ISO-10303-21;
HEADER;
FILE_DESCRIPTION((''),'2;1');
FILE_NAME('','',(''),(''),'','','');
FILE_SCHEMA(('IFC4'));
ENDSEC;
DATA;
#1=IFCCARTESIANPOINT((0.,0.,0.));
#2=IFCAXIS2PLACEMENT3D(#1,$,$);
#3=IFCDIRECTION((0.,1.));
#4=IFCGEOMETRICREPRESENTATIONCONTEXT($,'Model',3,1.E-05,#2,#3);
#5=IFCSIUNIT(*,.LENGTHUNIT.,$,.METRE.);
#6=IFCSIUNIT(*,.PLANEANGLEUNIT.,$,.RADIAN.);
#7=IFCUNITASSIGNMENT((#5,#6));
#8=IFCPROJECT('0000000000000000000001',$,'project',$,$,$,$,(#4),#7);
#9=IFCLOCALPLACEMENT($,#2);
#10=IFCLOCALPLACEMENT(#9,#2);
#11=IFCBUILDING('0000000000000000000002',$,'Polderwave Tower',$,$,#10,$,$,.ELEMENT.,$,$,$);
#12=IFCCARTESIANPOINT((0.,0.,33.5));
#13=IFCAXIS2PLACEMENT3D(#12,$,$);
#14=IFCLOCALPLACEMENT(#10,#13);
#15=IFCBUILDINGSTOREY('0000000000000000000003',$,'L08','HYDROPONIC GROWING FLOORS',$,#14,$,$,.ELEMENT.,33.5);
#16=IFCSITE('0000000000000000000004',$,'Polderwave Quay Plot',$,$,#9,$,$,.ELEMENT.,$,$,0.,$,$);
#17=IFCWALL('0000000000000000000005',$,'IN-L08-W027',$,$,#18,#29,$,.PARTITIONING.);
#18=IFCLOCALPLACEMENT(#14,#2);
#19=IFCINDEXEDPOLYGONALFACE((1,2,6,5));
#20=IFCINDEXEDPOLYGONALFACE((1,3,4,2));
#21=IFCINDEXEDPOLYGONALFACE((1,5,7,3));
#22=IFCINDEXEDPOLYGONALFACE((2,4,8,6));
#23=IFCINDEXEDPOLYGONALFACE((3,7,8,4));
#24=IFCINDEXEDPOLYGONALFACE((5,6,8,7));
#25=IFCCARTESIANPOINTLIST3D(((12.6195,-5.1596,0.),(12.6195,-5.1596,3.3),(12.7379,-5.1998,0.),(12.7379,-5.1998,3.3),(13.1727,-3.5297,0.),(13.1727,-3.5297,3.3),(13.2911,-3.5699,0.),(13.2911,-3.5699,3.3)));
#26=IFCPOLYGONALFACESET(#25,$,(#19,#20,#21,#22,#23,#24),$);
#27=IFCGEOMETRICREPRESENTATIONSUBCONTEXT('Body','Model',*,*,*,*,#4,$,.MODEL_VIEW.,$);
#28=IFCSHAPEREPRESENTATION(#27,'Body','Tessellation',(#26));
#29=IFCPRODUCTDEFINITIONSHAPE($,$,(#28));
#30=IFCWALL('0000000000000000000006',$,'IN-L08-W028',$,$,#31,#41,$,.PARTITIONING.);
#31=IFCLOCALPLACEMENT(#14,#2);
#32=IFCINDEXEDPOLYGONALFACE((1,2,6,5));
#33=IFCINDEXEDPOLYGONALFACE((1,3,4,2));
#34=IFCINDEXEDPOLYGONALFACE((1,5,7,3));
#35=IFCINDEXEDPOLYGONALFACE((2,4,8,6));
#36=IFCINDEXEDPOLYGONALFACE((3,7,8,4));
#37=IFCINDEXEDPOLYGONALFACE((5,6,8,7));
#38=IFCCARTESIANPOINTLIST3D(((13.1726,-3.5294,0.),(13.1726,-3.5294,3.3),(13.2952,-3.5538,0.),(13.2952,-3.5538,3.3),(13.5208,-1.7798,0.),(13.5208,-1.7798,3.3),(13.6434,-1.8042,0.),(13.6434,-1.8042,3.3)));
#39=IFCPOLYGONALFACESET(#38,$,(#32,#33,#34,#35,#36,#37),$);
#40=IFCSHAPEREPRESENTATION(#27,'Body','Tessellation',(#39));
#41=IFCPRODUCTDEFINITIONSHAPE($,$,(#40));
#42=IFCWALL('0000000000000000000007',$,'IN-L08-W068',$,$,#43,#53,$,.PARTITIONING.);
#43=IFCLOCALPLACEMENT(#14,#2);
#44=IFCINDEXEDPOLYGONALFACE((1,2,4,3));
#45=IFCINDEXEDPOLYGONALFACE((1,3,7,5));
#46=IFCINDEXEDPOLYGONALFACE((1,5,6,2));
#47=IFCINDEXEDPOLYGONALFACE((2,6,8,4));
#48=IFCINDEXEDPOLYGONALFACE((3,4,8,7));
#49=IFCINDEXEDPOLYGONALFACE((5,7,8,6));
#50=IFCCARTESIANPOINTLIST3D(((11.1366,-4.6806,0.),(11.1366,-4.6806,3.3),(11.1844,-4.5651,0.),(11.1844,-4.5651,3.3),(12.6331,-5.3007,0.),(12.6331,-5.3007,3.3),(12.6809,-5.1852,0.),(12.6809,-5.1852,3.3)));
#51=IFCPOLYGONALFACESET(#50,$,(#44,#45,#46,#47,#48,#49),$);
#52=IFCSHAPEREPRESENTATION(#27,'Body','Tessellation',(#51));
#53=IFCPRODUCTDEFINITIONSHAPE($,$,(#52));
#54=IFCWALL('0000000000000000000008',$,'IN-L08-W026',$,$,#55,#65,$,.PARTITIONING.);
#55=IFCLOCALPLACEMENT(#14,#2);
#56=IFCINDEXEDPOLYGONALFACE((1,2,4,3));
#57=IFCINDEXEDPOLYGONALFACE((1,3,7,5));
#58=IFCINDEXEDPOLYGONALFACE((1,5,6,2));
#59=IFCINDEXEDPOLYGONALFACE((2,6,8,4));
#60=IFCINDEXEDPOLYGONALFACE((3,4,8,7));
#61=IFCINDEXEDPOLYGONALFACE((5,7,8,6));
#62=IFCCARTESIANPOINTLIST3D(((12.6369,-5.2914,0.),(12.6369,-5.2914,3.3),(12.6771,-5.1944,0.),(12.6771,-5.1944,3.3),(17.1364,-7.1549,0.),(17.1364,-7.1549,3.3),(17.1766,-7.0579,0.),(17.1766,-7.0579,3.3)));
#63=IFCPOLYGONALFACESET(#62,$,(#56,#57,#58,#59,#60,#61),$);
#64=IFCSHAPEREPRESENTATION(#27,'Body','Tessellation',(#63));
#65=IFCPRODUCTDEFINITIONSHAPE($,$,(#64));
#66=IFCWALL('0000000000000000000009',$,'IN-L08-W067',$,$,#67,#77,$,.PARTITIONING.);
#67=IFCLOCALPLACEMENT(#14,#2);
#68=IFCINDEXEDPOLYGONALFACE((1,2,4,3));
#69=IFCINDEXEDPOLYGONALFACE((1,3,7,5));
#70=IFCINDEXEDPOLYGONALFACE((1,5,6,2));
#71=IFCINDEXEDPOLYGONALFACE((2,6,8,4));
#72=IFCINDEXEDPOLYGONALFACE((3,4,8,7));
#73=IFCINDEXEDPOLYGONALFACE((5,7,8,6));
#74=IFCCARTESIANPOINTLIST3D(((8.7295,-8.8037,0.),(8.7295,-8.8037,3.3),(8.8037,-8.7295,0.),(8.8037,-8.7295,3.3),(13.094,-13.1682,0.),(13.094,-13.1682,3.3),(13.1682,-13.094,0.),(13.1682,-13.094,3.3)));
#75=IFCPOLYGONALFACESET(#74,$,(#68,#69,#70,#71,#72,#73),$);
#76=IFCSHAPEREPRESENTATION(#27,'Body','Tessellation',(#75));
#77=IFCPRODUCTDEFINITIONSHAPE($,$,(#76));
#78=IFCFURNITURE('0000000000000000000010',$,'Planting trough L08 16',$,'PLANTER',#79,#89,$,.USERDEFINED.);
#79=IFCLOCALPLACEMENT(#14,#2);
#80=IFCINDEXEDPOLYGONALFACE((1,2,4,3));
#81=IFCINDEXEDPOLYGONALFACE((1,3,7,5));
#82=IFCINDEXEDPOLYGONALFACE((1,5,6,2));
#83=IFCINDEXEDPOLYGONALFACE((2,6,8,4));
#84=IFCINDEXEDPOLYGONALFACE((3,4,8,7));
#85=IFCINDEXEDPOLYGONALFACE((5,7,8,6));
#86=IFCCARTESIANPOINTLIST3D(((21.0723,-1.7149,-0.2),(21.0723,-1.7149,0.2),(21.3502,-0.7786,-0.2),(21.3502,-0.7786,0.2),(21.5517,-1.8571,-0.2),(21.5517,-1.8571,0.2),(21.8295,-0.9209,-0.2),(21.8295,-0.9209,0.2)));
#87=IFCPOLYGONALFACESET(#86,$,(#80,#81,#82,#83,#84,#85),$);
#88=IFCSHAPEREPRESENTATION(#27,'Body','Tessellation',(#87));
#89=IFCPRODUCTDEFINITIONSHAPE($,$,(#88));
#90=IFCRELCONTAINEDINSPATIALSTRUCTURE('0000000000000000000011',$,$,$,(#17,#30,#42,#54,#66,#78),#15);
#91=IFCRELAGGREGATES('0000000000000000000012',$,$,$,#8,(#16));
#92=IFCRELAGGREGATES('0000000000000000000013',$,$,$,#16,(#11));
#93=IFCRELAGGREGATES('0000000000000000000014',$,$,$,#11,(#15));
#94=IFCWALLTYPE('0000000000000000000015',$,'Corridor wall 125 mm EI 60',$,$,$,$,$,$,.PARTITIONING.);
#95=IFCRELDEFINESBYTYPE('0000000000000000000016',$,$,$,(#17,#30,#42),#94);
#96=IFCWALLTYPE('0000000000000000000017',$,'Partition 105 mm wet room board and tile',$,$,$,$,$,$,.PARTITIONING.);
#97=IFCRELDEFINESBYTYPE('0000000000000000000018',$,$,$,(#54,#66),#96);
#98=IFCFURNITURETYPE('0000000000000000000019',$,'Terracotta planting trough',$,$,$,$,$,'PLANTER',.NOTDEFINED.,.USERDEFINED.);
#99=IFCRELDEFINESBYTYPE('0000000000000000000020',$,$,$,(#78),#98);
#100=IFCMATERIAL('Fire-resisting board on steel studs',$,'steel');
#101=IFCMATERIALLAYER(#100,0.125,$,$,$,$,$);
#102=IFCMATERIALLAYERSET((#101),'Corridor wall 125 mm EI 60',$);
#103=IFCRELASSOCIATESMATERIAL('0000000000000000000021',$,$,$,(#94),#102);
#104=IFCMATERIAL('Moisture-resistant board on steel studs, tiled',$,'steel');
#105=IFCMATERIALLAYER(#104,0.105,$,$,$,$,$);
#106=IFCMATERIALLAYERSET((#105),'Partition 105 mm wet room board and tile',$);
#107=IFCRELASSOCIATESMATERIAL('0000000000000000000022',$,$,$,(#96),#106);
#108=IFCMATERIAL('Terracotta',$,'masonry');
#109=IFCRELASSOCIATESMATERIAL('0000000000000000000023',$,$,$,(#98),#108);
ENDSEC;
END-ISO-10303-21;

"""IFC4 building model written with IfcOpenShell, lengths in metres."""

from ifc_helpers import new_model, si_unit, direction, frame, frame_2d, origin, origin_2d, place, context, subcontext, project, spatial, rectangle, extrude, material, layer, layer_set, type_object, element, save


model = new_model("IFC4")

# Units and contexts
model_context = context("Model", 3, precision=1e-05, world=origin(), true_north=direction((0.0, 1.0)))
body_context = subcontext(model_context, "Body", "Model", "MODEL_VIEW")
ifc_project = project(units=[si_unit("LENGTHUNIT", "METRE"), si_unit("PLANEANGLEUNIT", "RADIAN")], contexts=[model_context])

# Site, building, storey
site_placement = place(None, origin())
site = spatial("IfcSite", under=ifc_project, at=site_placement, Name="Polderwave Quay Plot", CompositionType="ELEMENT", RefElevation=0.0)
building_placement = place(site_placement, origin())
building = spatial("IfcBuilding", under=site, at=building_placement, Name="Polderwave Tower", CompositionType="ELEMENT")
storey_placement = place(building_placement, frame((0.0, 0.0, 33.5)))
storey = spatial("IfcBuildingStorey", under=building, at=storey_placement, Name="L08", Description="HYDROPONIC GROWING FLOORS", CompositionType="ELEMENT", Elevation=33.5)

# Shared definitions
ifc_material_1 = material(Name="Fire-resisting board on steel studs", Category="steel")
ifc_layer_1 = layer(ifc_material_1, 0.125)
ifc_layer_set_1 = layer_set([ifc_layer_1], Name="Corridor wall 125 mm EI 60")
wall_type_1 = type_object("IfcWallType", Name="Corridor wall 125 mm EI 60", PredefinedType="PARTITIONING", material=ifc_layer_set_1)

# Walls
wall_1_placement = place(storey_placement, frame((12.6787, -5.1797, 0.0), z_axis=(0.0, 0.0, 1.0), x_axis=(0.321414, 0.946939, 0.0)))
element("IfcWall", 1, at=wall_1_placement, inside=storey, type_object=wall_type_1, Name="IN-L08-W027", PredefinedType="PARTITIONING", context=body_context, shape_type="SweptSolid", body=[
    extrude(rectangle(XDim=1.7212, YDim=0.125, at=frame_2d((0.8606, 0.0))), origin(), (0.0, 0.0, 1.0), 3.3),
])
wall_2_placement = place(storey_placement, frame((13.2339, -3.5417, 0.0), z_axis=(0.0, 0.0, 1.0), x_axis=(0.195169, 0.98077, 0.0)))
element("IfcWall", 2, at=wall_2_placement, inside=storey, type_object=wall_type_1, Name="IN-L08-W028", PredefinedType="PARTITIONING", context=body_context, shape_type="SweptSolid", body=[
    extrude(rectangle(XDim=1.7839, YDim=0.125, at=frame_2d((0.8921, 0.0))), origin(), (0.0, 0.0, 1.0), 3.3),
])
wall_3_placement = place(storey_placement, frame((11.1604, -4.6228, 0.0), z_axis=(0.0, 0.0, 1.0), x_axis=(0.923833, -0.382795, 0.0)))
element("IfcWall", 3, at=wall_3_placement, inside=storey, type_object=wall_type_1, Name="IN-L08-W068", PredefinedType="PARTITIONING", context=body_context, shape_type="SweptSolid", body=[
    extrude(rectangle(XDim=1.6199, YDim=0.125, at=frame_2d((0.8101, 0.0))), origin(), (0.0, 0.0, 1.0), 3.3),
])
ifc_material_2 = material(Name="Moisture-resistant board on steel studs, tiled", Category="steel")
ifc_layer_2 = layer(ifc_material_2, 0.105)
ifc_layer_set_2 = layer_set([ifc_layer_2], Name="Partition 105 mm wet room board and tile")
wall_type_2 = type_object("IfcWallType", Name="Partition 105 mm wet room board and tile", PredefinedType="PARTITIONING", material=ifc_layer_set_2)
wall_4_placement = place(storey_placement, frame((17.1565, -7.1064, 0.0), z_axis=(0.0, 0.0, 1.0), x_axis=(-0.923896, 0.382643, 0.0)))
element("IfcWall", 4, at=wall_4_placement, inside=storey, type_object=wall_type_2, Name="IN-L08-W026", PredefinedType="PARTITIONING", context=body_context, shape_type="SweptSolid", body=[
    extrude(rectangle(XDim=4.8701, YDim=0.105, at=frame_2d((2.4351, 0.0))), origin(), (0.0, 0.0, 1.0), 3.3),
])
wall_5_placement = place(storey_placement, frame((8.7666, -8.7666, 0.0), z_axis=(0.0, 0.0, 1.0), x_axis=(0.707107, -0.707107, 0.0)))
element("IfcWall", 5, at=wall_5_placement, inside=storey, type_object=wall_type_2, Name="IN-L08-W067", PredefinedType="PARTITIONING", context=body_context, shape_type="SweptSolid", body=[
    extrude(rectangle(XDim=6.1724, YDim=0.105, at=frame_2d((3.0862, 0.0))), origin(), (0.0, 0.0, 1.0), 3.3),
])

# Furniture
ifc_material_3 = material(Name="Terracotta", Category="masonry")
furniture_type = type_object("IfcFurnitureType", Name="Terracotta planting trough", ElementType="PLANTER", AssemblyPlace="NOTDEFINED", PredefinedType="USERDEFINED", material=ifc_material_3)
furniture_placement = place(storey_placement, frame((21.4509, -1.3179, -0.2), z_axis=(0.0, 0.0, 1.0), x_axis=(0.284489, 0.958679, 0.0)))
element("IfcFurniture", 6, at=furniture_placement, inside=storey, type_object=furniture_type, Name="Planting trough L08 16", ObjectType="PLANTER", PredefinedType="USERDEFINED", context=body_context, shape_type="SweptSolid", body=[
    extrude(rectangle(XDim=0.9766, YDim=0.5, at=origin_2d()), origin(), (0.0, 0.0, 1.0), 0.3999),
])

save(model, "model.ifc")
